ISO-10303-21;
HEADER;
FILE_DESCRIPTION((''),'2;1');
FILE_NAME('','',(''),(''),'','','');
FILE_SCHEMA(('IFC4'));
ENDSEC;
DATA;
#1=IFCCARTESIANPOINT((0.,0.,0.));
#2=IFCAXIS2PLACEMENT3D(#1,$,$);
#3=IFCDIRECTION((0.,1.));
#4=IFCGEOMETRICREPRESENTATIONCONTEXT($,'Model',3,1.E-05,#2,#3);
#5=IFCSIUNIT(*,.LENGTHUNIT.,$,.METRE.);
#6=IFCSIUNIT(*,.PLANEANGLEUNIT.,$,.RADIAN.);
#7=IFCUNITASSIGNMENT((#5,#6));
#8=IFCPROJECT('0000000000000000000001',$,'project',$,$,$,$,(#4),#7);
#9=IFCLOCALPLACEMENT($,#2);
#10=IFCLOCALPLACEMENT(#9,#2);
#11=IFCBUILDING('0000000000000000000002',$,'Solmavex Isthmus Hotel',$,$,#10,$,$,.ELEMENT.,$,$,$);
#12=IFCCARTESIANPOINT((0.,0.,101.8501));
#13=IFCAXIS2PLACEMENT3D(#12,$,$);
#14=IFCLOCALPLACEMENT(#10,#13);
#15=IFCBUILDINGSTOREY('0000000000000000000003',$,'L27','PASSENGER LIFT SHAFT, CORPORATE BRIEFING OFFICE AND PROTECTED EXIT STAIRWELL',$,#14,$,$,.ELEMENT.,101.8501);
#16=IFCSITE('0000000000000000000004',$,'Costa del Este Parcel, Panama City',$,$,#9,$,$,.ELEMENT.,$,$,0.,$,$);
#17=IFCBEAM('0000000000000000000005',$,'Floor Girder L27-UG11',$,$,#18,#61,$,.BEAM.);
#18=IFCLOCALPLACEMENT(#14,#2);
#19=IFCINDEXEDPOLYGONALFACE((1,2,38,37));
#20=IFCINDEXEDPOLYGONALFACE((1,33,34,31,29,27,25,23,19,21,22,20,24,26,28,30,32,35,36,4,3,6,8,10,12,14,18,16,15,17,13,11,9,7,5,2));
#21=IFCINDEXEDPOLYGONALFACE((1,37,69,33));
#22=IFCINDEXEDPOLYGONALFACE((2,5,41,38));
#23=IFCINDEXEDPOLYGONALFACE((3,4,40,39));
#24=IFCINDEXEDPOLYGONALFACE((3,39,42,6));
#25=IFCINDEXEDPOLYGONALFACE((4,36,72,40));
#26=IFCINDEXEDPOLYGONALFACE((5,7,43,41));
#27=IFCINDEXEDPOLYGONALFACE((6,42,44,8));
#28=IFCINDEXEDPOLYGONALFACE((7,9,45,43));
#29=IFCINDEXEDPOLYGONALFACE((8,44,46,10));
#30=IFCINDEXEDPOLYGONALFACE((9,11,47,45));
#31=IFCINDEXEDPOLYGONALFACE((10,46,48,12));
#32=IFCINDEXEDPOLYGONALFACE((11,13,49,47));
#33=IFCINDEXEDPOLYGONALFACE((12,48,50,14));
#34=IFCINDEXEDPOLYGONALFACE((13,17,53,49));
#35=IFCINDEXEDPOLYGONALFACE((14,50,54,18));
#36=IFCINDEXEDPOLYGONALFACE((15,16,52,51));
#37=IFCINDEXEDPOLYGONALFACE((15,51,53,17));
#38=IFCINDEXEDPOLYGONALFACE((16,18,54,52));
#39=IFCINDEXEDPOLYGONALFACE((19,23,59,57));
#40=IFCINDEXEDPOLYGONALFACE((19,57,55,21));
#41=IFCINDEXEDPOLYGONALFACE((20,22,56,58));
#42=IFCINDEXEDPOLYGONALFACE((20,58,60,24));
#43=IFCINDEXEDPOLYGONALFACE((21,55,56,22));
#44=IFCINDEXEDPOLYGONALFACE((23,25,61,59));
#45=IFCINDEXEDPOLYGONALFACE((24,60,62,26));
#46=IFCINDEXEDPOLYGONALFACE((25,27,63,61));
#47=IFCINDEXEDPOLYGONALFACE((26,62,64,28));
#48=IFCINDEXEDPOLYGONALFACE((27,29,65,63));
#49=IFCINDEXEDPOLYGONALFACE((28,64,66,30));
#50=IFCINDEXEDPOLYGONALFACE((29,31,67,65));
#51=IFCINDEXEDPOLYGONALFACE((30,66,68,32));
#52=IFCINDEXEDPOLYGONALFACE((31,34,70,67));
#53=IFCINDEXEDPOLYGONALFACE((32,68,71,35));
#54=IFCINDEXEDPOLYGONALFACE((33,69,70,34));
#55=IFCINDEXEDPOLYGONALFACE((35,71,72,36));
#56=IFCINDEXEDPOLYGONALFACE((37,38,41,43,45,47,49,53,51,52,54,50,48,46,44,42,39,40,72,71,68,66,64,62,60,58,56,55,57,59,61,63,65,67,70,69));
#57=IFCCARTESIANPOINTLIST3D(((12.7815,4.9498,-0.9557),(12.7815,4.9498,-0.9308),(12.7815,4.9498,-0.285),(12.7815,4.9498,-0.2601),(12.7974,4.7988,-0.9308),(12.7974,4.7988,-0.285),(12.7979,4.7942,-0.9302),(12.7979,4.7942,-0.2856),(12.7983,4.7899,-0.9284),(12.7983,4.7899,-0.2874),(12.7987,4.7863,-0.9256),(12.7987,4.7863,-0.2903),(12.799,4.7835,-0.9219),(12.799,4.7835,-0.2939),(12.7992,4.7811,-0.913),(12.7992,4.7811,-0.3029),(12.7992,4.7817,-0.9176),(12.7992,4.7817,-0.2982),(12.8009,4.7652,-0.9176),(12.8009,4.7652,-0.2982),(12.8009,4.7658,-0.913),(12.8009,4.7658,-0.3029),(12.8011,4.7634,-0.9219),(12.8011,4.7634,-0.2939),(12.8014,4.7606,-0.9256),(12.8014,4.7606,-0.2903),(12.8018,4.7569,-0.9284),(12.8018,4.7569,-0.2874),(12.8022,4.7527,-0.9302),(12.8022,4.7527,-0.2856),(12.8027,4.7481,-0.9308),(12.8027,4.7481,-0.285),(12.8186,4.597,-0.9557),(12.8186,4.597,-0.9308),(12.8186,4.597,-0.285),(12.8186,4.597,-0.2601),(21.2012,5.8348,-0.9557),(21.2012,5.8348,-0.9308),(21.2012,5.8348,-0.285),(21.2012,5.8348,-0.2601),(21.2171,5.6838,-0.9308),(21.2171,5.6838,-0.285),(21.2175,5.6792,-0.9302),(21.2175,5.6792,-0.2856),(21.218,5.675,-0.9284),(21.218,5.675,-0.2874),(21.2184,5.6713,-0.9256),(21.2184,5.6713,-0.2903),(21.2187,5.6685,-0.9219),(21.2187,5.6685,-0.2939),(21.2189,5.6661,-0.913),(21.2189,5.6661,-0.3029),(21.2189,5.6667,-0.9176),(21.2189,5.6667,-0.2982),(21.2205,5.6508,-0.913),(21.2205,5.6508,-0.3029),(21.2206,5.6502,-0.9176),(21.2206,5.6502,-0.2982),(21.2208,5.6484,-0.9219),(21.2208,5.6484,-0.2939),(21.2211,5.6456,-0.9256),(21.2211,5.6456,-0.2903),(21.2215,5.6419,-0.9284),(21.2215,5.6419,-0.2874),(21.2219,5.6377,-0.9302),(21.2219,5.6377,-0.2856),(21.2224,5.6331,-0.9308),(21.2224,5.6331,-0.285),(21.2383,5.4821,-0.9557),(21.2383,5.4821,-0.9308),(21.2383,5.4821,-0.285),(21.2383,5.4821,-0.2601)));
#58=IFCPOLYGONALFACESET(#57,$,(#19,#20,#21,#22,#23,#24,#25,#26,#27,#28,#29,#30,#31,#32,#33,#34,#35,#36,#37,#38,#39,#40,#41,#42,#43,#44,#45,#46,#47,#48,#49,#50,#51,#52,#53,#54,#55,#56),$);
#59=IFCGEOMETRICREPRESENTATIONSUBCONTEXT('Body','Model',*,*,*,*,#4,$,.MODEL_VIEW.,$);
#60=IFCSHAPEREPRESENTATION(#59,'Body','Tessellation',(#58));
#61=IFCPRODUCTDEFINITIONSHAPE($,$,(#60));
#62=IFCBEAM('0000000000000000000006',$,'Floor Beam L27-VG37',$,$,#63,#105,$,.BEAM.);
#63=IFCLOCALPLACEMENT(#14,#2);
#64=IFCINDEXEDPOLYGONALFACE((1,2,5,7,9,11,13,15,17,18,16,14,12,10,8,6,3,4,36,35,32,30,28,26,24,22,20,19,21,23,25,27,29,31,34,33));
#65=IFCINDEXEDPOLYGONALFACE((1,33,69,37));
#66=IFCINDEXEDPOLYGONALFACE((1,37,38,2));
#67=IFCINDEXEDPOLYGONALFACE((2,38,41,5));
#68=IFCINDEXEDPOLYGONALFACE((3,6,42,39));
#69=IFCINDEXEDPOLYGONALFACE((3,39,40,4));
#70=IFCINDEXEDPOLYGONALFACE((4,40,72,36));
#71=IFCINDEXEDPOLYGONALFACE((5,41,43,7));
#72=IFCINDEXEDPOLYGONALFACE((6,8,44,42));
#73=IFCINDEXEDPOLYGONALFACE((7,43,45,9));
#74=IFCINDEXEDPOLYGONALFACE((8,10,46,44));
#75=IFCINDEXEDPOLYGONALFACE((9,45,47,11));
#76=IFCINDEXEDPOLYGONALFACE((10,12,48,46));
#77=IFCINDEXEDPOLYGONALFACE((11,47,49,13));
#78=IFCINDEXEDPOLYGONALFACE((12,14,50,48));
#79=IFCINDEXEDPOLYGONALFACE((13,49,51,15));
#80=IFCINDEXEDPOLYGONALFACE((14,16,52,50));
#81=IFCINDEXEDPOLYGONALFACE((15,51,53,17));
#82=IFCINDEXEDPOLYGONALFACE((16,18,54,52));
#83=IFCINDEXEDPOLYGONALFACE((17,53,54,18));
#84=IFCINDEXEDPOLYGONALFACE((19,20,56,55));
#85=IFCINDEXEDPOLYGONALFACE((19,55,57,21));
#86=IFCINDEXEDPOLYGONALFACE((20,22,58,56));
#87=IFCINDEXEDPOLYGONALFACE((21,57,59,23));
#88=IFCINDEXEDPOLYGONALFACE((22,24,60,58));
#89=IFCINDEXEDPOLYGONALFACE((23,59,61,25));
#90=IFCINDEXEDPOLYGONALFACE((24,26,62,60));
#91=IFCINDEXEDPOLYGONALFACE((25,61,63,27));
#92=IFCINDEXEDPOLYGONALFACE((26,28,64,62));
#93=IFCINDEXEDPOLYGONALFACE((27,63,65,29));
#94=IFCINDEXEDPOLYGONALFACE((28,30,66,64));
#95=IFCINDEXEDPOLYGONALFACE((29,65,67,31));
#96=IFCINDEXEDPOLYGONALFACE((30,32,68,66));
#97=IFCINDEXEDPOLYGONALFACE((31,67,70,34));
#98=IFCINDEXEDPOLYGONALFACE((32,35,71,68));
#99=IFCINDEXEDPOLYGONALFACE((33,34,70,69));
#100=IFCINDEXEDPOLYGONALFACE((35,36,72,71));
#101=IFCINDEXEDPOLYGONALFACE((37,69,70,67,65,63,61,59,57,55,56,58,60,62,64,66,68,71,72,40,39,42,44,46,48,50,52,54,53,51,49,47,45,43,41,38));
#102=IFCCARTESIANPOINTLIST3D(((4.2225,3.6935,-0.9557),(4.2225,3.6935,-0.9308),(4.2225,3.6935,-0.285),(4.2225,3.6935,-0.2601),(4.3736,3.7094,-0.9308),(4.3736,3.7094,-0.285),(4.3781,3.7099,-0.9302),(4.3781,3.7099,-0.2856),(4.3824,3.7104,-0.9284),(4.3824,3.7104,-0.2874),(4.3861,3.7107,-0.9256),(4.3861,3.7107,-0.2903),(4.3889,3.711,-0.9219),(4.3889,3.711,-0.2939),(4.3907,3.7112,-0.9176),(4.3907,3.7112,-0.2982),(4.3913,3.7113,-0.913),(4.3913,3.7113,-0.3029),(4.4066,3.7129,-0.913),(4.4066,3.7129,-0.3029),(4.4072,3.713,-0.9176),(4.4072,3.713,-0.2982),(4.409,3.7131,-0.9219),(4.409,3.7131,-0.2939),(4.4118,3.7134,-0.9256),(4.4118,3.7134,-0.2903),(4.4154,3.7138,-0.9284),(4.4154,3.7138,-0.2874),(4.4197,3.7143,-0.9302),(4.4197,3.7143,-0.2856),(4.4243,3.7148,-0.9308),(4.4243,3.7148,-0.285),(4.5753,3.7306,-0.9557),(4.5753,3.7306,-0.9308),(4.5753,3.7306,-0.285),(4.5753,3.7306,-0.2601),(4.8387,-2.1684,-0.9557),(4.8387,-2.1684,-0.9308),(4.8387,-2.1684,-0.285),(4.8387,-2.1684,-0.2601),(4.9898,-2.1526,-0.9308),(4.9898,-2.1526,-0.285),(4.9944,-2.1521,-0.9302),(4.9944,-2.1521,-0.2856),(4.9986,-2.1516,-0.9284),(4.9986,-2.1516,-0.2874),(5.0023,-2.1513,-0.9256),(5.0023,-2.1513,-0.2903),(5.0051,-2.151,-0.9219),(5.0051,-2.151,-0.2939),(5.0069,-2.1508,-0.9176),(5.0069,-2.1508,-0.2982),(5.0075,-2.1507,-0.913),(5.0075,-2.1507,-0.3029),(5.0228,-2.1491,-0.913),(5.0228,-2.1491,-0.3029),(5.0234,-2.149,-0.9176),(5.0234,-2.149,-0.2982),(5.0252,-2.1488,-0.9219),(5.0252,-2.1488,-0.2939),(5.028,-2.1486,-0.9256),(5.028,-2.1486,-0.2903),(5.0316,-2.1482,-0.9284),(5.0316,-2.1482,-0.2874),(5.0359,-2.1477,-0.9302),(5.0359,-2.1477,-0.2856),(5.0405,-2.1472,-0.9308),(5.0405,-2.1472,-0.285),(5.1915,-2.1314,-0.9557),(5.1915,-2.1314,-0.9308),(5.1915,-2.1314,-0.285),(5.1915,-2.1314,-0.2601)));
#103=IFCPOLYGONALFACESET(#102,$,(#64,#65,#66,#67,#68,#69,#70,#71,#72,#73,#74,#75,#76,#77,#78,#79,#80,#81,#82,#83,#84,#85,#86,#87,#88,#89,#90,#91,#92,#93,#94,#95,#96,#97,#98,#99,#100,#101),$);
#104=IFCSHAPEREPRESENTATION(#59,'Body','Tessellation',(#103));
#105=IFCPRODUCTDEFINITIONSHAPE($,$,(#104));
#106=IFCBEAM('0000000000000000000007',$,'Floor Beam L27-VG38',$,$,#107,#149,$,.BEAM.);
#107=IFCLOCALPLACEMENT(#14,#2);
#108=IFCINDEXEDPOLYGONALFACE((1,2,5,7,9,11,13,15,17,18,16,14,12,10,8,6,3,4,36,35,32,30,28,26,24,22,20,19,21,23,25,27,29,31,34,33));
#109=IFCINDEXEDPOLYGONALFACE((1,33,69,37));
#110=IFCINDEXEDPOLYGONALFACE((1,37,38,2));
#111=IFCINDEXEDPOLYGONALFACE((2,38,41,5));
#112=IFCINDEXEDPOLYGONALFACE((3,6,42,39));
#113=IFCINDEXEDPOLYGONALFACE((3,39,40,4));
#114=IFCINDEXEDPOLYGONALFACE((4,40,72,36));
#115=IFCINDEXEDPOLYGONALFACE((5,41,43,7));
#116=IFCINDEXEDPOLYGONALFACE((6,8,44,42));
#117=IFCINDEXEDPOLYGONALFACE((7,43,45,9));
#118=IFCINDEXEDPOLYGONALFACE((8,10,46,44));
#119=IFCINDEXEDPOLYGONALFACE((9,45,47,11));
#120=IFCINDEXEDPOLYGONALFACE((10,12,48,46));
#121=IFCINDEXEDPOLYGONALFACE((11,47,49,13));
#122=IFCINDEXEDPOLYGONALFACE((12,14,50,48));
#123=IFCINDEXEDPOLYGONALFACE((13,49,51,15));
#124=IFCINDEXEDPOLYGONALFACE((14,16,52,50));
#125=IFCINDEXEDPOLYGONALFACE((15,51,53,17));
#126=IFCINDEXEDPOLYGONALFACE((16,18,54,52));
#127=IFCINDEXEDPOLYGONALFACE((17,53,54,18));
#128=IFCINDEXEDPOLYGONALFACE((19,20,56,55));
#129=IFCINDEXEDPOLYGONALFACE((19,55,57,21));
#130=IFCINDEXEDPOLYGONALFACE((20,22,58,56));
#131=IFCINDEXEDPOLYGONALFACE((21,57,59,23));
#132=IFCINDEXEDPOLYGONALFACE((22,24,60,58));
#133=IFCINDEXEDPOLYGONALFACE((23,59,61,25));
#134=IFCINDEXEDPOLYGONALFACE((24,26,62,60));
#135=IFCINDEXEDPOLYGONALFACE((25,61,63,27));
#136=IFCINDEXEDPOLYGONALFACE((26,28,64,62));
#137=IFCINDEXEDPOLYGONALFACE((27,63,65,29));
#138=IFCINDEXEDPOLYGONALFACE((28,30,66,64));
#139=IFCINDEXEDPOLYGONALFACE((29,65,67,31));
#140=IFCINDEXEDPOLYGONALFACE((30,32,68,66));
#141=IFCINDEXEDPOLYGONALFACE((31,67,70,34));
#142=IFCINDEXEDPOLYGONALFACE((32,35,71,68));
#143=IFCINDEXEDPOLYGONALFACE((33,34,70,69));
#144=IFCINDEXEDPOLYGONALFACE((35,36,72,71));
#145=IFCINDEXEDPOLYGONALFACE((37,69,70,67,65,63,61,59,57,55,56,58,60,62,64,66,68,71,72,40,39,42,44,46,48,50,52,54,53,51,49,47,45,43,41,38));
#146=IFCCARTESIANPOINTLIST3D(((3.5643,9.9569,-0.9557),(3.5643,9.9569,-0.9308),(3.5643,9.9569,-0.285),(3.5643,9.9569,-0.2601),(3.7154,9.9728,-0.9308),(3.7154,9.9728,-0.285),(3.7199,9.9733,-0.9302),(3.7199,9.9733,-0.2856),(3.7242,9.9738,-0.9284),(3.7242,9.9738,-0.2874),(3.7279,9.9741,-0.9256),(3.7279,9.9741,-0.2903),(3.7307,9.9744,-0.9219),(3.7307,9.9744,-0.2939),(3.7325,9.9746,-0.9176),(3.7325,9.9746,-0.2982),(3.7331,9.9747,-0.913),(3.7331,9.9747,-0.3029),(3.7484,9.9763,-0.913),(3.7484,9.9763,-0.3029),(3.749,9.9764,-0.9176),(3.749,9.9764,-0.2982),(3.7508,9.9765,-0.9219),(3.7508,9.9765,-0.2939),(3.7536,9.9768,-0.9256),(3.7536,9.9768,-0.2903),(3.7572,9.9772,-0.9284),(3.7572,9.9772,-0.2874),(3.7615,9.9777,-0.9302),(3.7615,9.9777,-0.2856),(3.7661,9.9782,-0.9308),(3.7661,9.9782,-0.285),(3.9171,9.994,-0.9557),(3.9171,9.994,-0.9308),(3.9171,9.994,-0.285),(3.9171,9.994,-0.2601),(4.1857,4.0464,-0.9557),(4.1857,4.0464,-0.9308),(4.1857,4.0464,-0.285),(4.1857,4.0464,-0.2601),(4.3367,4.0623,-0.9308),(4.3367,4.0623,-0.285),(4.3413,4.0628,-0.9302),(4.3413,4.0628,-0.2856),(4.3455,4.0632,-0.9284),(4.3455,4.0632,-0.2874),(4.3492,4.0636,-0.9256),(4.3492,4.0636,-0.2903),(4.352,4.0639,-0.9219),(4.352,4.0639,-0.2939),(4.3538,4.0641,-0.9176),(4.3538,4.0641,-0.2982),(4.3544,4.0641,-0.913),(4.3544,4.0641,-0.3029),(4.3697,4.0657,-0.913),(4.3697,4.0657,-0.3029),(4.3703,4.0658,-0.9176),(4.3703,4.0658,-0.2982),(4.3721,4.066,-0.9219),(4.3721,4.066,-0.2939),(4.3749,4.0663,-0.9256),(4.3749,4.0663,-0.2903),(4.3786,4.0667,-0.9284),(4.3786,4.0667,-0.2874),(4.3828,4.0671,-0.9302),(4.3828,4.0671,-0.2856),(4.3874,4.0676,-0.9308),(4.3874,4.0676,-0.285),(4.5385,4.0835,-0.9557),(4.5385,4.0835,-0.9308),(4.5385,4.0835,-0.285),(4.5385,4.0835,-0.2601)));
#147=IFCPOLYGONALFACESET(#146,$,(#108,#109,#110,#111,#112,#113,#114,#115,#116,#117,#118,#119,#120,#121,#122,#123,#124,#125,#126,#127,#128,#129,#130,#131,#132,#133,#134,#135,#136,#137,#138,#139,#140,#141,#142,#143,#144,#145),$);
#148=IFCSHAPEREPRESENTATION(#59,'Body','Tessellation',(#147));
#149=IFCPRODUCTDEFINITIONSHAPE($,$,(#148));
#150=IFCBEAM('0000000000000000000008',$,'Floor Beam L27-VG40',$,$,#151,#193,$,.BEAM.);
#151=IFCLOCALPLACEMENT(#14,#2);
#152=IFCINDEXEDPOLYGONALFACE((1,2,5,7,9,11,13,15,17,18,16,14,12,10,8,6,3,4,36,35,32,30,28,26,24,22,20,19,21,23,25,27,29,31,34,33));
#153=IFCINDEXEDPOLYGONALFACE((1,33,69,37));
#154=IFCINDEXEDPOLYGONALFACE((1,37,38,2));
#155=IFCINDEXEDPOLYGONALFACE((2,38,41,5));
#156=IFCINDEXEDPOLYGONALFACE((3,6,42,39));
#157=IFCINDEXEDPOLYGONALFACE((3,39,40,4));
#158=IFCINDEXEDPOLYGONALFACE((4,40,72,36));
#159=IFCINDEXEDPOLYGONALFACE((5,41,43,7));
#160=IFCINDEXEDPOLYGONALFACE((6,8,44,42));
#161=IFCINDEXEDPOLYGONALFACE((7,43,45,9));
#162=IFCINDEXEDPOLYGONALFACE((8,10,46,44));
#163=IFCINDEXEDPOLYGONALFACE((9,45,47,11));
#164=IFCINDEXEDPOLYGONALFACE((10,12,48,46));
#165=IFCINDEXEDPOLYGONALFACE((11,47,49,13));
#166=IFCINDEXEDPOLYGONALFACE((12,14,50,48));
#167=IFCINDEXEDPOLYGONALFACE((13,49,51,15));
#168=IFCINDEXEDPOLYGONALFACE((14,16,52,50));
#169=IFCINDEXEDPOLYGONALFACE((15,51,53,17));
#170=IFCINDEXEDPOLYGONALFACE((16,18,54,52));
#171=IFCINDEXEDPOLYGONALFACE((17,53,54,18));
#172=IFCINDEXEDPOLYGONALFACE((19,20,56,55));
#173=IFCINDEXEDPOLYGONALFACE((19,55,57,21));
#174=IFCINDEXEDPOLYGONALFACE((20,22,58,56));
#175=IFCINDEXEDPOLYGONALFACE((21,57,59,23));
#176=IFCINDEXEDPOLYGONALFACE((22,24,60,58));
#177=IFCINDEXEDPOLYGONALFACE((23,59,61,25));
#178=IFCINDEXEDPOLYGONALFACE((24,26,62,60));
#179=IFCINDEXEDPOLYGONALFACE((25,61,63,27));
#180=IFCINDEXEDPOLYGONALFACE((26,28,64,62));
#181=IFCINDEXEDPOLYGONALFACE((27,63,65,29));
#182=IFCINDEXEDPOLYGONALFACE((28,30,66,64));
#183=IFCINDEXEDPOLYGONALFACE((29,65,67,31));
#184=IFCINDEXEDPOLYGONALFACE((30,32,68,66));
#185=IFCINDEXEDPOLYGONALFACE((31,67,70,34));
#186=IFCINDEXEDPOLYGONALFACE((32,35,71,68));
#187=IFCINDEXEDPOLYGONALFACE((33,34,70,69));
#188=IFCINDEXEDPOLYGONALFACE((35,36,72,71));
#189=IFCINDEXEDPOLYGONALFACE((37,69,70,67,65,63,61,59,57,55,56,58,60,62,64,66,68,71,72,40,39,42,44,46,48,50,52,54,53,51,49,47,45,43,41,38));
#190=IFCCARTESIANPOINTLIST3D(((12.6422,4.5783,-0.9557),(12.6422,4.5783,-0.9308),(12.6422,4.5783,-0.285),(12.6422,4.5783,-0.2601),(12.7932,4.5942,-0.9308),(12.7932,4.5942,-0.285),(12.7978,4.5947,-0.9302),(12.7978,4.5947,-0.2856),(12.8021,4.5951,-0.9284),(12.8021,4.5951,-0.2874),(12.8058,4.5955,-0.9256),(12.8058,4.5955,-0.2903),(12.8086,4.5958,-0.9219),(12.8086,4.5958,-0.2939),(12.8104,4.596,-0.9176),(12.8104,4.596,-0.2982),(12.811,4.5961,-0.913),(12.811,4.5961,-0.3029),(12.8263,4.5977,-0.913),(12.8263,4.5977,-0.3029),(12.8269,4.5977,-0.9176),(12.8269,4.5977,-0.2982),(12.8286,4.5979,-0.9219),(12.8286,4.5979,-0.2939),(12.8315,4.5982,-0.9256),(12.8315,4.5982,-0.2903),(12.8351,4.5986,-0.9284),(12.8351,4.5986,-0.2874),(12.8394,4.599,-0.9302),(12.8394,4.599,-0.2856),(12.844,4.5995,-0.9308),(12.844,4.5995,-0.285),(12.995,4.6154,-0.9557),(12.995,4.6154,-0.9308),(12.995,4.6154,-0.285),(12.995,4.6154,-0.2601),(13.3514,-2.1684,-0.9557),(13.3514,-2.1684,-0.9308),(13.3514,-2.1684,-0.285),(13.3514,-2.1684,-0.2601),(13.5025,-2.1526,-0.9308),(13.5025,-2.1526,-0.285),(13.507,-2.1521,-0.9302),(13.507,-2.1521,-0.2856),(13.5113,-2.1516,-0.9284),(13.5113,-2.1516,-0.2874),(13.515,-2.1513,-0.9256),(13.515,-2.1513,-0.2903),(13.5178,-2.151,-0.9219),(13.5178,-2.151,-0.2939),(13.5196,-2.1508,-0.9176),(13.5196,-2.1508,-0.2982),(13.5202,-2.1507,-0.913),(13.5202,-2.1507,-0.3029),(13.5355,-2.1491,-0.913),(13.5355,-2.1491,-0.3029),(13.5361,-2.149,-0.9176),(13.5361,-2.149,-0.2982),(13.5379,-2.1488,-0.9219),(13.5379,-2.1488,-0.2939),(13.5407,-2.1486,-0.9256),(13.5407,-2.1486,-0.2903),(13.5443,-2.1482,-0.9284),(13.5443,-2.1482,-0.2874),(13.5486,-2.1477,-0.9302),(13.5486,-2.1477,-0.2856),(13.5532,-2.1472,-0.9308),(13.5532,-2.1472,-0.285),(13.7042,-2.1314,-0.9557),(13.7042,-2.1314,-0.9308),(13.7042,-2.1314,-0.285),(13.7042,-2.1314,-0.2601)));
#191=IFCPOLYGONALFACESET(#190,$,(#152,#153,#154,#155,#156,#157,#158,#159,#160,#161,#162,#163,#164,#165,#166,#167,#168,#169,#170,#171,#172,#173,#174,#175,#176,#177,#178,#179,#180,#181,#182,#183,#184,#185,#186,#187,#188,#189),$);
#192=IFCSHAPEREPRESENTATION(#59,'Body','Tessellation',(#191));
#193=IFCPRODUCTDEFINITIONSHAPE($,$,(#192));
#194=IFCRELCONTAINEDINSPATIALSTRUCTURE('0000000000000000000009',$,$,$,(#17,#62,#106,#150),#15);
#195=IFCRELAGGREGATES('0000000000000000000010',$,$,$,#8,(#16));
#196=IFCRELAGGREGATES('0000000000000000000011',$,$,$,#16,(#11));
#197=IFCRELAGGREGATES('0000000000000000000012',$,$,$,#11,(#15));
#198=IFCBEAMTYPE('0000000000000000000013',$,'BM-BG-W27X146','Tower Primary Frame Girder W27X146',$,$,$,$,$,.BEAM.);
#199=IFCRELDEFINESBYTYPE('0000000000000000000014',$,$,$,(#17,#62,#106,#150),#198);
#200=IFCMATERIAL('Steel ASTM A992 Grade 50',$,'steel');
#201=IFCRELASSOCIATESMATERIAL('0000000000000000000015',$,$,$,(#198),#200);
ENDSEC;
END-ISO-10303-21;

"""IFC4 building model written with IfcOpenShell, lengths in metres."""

from ifc_helpers import new_model, si_unit, direction, frame, origin, origin_2d, place, context, subcontext, project, spatial, i_section, extrude, material, material_profile, profile_set, type_object, element, save


model = new_model("IFC4")

# Units and contexts
model_context = context("Model", 3, precision=1e-05, world=origin(), true_north=direction((0.0, 1.0)))
body_context = subcontext(model_context, "Body", "Model", "MODEL_VIEW")
ifc_project = project(units=[si_unit("LENGTHUNIT", "METRE"), si_unit("PLANEANGLEUNIT", "RADIAN")], contexts=[model_context])

# Site, building, storey
site_placement = place(None, origin())
site = spatial("IfcSite", under=ifc_project, at=site_placement, Name="Costa del Este Parcel, Panama City", CompositionType="ELEMENT", RefElevation=0.0)
building_placement = place(site_placement, origin())
building = spatial("IfcBuilding", under=site, at=building_placement, Name="Solmavex Isthmus Hotel", CompositionType="ELEMENT")
storey_placement = place(building_placement, frame((0.0, 0.0, 101.8501)))
storey = spatial("IfcBuildingStorey", under=building, at=storey_placement, Name="L27", Description="PASSENGER LIFT SHAFT, CORPORATE BRIEFING OFFICE AND PROTECTED EXIT STAIRWELL", CompositionType="ELEMENT", Elevation=101.8501)

# Beams
ifc_material_1 = material(Name="Steel ASTM A992 Grade 50", Category="steel")
ifc_material_profile_1 = material_profile(ifc_material_1, i_section(OverallWidth=0.3547, OverallDepth=0.6956, WebThickness=0.0154, FlangeThickness=0.0249, FilletRadius=0.0178, at=origin_2d()), Name="W27X146")
ifc_profile_set_1 = profile_set([ifc_material_profile_1], Name="Steel ASTM A992 Grade 50")
beam_type_1 = type_object("IfcBeamType", Name="BM-BG-W27X146", Description="Tower Primary Frame Girder W27X146", PredefinedType="BEAM", material=ifc_profile_set_1)
for number, where, z_axis, x_axis, name in (
    (1, (12.8, 4.7734, -0.6079), (0.994521, 0.104536, 0.0), (-0.104536, 0.994521, 0.0), "Floor Girder L27-UG11"),
):
    element("IfcBeam", number, at=place(storey_placement, frame(where, z_axis=z_axis, x_axis=x_axis)), inside=storey, type_object=beam_type_1, Name=name, PredefinedType="BEAM", context=body_context, shape_type="SweptSolid", body=[
        extrude(i_section(OverallWidth=0.3547, OverallDepth=0.6956, WebThickness=0.0154, FlangeThickness=0.0249, FilletRadius=0.0178, at=origin_2d()), origin(), (0.0, 0.0, 1.0), 8.4661),
    ])
beam_1_placement = place(storey_placement, frame((5.0151, -2.1499, -0.6079), z_axis=(-0.104542, 0.99452, 0.0), x_axis=(-0.99452, -0.104542, 0.0)))
element("IfcBeam", 2, at=beam_1_placement, inside=storey, type_object=beam_type_1, Name="Floor Beam L27-VG37", PredefinedType="BEAM", context=body_context, shape_type="SweptSolid", body=[
    extrude(i_section(OverallWidth=0.3547, OverallDepth=0.6956, WebThickness=0.0154, FlangeThickness=0.0249, FilletRadius=0.0178, at=origin_2d()), origin(), (0.0, 0.0, 1.0), 5.8943),
])
beam_2_placement = place(storey_placement, frame((4.3621, 4.0649, -0.6079), z_axis=(-0.104546, 0.99452, 0.0), x_axis=(-0.99452, -0.104546, 0.0)))
element("IfcBeam", 3, at=beam_2_placement, inside=storey, type_object=beam_type_1, Name="Floor Beam L27-VG38", PredefinedType="BEAM", context=body_context, shape_type="SweptSolid", body=[
    extrude(i_section(OverallWidth=0.3547, OverallDepth=0.6956, WebThickness=0.0154, FlangeThickness=0.0249, FilletRadius=0.0178, at=origin_2d()), origin(), (0.0, 0.0, 1.0), 5.9431),
])
beam_3_placement = place(storey_placement, frame((13.5278, -2.1499, -0.6079), z_axis=(-0.104544, 0.99452, 0.0), x_axis=(-0.99452, -0.104544, 0.0)))
element("IfcBeam", 4, at=beam_3_placement, inside=storey, type_object=beam_type_1, Name="Floor Beam L27-VG40", PredefinedType="BEAM", context=body_context, shape_type="SweptSolid", body=[
    extrude(i_section(OverallWidth=0.3547, OverallDepth=0.6956, WebThickness=0.0154, FlangeThickness=0.0249, FilletRadius=0.0178, at=origin_2d()), origin(), (0.0, 0.0, 1.0), 6.7839),
])

save(model, "model.ifc")
